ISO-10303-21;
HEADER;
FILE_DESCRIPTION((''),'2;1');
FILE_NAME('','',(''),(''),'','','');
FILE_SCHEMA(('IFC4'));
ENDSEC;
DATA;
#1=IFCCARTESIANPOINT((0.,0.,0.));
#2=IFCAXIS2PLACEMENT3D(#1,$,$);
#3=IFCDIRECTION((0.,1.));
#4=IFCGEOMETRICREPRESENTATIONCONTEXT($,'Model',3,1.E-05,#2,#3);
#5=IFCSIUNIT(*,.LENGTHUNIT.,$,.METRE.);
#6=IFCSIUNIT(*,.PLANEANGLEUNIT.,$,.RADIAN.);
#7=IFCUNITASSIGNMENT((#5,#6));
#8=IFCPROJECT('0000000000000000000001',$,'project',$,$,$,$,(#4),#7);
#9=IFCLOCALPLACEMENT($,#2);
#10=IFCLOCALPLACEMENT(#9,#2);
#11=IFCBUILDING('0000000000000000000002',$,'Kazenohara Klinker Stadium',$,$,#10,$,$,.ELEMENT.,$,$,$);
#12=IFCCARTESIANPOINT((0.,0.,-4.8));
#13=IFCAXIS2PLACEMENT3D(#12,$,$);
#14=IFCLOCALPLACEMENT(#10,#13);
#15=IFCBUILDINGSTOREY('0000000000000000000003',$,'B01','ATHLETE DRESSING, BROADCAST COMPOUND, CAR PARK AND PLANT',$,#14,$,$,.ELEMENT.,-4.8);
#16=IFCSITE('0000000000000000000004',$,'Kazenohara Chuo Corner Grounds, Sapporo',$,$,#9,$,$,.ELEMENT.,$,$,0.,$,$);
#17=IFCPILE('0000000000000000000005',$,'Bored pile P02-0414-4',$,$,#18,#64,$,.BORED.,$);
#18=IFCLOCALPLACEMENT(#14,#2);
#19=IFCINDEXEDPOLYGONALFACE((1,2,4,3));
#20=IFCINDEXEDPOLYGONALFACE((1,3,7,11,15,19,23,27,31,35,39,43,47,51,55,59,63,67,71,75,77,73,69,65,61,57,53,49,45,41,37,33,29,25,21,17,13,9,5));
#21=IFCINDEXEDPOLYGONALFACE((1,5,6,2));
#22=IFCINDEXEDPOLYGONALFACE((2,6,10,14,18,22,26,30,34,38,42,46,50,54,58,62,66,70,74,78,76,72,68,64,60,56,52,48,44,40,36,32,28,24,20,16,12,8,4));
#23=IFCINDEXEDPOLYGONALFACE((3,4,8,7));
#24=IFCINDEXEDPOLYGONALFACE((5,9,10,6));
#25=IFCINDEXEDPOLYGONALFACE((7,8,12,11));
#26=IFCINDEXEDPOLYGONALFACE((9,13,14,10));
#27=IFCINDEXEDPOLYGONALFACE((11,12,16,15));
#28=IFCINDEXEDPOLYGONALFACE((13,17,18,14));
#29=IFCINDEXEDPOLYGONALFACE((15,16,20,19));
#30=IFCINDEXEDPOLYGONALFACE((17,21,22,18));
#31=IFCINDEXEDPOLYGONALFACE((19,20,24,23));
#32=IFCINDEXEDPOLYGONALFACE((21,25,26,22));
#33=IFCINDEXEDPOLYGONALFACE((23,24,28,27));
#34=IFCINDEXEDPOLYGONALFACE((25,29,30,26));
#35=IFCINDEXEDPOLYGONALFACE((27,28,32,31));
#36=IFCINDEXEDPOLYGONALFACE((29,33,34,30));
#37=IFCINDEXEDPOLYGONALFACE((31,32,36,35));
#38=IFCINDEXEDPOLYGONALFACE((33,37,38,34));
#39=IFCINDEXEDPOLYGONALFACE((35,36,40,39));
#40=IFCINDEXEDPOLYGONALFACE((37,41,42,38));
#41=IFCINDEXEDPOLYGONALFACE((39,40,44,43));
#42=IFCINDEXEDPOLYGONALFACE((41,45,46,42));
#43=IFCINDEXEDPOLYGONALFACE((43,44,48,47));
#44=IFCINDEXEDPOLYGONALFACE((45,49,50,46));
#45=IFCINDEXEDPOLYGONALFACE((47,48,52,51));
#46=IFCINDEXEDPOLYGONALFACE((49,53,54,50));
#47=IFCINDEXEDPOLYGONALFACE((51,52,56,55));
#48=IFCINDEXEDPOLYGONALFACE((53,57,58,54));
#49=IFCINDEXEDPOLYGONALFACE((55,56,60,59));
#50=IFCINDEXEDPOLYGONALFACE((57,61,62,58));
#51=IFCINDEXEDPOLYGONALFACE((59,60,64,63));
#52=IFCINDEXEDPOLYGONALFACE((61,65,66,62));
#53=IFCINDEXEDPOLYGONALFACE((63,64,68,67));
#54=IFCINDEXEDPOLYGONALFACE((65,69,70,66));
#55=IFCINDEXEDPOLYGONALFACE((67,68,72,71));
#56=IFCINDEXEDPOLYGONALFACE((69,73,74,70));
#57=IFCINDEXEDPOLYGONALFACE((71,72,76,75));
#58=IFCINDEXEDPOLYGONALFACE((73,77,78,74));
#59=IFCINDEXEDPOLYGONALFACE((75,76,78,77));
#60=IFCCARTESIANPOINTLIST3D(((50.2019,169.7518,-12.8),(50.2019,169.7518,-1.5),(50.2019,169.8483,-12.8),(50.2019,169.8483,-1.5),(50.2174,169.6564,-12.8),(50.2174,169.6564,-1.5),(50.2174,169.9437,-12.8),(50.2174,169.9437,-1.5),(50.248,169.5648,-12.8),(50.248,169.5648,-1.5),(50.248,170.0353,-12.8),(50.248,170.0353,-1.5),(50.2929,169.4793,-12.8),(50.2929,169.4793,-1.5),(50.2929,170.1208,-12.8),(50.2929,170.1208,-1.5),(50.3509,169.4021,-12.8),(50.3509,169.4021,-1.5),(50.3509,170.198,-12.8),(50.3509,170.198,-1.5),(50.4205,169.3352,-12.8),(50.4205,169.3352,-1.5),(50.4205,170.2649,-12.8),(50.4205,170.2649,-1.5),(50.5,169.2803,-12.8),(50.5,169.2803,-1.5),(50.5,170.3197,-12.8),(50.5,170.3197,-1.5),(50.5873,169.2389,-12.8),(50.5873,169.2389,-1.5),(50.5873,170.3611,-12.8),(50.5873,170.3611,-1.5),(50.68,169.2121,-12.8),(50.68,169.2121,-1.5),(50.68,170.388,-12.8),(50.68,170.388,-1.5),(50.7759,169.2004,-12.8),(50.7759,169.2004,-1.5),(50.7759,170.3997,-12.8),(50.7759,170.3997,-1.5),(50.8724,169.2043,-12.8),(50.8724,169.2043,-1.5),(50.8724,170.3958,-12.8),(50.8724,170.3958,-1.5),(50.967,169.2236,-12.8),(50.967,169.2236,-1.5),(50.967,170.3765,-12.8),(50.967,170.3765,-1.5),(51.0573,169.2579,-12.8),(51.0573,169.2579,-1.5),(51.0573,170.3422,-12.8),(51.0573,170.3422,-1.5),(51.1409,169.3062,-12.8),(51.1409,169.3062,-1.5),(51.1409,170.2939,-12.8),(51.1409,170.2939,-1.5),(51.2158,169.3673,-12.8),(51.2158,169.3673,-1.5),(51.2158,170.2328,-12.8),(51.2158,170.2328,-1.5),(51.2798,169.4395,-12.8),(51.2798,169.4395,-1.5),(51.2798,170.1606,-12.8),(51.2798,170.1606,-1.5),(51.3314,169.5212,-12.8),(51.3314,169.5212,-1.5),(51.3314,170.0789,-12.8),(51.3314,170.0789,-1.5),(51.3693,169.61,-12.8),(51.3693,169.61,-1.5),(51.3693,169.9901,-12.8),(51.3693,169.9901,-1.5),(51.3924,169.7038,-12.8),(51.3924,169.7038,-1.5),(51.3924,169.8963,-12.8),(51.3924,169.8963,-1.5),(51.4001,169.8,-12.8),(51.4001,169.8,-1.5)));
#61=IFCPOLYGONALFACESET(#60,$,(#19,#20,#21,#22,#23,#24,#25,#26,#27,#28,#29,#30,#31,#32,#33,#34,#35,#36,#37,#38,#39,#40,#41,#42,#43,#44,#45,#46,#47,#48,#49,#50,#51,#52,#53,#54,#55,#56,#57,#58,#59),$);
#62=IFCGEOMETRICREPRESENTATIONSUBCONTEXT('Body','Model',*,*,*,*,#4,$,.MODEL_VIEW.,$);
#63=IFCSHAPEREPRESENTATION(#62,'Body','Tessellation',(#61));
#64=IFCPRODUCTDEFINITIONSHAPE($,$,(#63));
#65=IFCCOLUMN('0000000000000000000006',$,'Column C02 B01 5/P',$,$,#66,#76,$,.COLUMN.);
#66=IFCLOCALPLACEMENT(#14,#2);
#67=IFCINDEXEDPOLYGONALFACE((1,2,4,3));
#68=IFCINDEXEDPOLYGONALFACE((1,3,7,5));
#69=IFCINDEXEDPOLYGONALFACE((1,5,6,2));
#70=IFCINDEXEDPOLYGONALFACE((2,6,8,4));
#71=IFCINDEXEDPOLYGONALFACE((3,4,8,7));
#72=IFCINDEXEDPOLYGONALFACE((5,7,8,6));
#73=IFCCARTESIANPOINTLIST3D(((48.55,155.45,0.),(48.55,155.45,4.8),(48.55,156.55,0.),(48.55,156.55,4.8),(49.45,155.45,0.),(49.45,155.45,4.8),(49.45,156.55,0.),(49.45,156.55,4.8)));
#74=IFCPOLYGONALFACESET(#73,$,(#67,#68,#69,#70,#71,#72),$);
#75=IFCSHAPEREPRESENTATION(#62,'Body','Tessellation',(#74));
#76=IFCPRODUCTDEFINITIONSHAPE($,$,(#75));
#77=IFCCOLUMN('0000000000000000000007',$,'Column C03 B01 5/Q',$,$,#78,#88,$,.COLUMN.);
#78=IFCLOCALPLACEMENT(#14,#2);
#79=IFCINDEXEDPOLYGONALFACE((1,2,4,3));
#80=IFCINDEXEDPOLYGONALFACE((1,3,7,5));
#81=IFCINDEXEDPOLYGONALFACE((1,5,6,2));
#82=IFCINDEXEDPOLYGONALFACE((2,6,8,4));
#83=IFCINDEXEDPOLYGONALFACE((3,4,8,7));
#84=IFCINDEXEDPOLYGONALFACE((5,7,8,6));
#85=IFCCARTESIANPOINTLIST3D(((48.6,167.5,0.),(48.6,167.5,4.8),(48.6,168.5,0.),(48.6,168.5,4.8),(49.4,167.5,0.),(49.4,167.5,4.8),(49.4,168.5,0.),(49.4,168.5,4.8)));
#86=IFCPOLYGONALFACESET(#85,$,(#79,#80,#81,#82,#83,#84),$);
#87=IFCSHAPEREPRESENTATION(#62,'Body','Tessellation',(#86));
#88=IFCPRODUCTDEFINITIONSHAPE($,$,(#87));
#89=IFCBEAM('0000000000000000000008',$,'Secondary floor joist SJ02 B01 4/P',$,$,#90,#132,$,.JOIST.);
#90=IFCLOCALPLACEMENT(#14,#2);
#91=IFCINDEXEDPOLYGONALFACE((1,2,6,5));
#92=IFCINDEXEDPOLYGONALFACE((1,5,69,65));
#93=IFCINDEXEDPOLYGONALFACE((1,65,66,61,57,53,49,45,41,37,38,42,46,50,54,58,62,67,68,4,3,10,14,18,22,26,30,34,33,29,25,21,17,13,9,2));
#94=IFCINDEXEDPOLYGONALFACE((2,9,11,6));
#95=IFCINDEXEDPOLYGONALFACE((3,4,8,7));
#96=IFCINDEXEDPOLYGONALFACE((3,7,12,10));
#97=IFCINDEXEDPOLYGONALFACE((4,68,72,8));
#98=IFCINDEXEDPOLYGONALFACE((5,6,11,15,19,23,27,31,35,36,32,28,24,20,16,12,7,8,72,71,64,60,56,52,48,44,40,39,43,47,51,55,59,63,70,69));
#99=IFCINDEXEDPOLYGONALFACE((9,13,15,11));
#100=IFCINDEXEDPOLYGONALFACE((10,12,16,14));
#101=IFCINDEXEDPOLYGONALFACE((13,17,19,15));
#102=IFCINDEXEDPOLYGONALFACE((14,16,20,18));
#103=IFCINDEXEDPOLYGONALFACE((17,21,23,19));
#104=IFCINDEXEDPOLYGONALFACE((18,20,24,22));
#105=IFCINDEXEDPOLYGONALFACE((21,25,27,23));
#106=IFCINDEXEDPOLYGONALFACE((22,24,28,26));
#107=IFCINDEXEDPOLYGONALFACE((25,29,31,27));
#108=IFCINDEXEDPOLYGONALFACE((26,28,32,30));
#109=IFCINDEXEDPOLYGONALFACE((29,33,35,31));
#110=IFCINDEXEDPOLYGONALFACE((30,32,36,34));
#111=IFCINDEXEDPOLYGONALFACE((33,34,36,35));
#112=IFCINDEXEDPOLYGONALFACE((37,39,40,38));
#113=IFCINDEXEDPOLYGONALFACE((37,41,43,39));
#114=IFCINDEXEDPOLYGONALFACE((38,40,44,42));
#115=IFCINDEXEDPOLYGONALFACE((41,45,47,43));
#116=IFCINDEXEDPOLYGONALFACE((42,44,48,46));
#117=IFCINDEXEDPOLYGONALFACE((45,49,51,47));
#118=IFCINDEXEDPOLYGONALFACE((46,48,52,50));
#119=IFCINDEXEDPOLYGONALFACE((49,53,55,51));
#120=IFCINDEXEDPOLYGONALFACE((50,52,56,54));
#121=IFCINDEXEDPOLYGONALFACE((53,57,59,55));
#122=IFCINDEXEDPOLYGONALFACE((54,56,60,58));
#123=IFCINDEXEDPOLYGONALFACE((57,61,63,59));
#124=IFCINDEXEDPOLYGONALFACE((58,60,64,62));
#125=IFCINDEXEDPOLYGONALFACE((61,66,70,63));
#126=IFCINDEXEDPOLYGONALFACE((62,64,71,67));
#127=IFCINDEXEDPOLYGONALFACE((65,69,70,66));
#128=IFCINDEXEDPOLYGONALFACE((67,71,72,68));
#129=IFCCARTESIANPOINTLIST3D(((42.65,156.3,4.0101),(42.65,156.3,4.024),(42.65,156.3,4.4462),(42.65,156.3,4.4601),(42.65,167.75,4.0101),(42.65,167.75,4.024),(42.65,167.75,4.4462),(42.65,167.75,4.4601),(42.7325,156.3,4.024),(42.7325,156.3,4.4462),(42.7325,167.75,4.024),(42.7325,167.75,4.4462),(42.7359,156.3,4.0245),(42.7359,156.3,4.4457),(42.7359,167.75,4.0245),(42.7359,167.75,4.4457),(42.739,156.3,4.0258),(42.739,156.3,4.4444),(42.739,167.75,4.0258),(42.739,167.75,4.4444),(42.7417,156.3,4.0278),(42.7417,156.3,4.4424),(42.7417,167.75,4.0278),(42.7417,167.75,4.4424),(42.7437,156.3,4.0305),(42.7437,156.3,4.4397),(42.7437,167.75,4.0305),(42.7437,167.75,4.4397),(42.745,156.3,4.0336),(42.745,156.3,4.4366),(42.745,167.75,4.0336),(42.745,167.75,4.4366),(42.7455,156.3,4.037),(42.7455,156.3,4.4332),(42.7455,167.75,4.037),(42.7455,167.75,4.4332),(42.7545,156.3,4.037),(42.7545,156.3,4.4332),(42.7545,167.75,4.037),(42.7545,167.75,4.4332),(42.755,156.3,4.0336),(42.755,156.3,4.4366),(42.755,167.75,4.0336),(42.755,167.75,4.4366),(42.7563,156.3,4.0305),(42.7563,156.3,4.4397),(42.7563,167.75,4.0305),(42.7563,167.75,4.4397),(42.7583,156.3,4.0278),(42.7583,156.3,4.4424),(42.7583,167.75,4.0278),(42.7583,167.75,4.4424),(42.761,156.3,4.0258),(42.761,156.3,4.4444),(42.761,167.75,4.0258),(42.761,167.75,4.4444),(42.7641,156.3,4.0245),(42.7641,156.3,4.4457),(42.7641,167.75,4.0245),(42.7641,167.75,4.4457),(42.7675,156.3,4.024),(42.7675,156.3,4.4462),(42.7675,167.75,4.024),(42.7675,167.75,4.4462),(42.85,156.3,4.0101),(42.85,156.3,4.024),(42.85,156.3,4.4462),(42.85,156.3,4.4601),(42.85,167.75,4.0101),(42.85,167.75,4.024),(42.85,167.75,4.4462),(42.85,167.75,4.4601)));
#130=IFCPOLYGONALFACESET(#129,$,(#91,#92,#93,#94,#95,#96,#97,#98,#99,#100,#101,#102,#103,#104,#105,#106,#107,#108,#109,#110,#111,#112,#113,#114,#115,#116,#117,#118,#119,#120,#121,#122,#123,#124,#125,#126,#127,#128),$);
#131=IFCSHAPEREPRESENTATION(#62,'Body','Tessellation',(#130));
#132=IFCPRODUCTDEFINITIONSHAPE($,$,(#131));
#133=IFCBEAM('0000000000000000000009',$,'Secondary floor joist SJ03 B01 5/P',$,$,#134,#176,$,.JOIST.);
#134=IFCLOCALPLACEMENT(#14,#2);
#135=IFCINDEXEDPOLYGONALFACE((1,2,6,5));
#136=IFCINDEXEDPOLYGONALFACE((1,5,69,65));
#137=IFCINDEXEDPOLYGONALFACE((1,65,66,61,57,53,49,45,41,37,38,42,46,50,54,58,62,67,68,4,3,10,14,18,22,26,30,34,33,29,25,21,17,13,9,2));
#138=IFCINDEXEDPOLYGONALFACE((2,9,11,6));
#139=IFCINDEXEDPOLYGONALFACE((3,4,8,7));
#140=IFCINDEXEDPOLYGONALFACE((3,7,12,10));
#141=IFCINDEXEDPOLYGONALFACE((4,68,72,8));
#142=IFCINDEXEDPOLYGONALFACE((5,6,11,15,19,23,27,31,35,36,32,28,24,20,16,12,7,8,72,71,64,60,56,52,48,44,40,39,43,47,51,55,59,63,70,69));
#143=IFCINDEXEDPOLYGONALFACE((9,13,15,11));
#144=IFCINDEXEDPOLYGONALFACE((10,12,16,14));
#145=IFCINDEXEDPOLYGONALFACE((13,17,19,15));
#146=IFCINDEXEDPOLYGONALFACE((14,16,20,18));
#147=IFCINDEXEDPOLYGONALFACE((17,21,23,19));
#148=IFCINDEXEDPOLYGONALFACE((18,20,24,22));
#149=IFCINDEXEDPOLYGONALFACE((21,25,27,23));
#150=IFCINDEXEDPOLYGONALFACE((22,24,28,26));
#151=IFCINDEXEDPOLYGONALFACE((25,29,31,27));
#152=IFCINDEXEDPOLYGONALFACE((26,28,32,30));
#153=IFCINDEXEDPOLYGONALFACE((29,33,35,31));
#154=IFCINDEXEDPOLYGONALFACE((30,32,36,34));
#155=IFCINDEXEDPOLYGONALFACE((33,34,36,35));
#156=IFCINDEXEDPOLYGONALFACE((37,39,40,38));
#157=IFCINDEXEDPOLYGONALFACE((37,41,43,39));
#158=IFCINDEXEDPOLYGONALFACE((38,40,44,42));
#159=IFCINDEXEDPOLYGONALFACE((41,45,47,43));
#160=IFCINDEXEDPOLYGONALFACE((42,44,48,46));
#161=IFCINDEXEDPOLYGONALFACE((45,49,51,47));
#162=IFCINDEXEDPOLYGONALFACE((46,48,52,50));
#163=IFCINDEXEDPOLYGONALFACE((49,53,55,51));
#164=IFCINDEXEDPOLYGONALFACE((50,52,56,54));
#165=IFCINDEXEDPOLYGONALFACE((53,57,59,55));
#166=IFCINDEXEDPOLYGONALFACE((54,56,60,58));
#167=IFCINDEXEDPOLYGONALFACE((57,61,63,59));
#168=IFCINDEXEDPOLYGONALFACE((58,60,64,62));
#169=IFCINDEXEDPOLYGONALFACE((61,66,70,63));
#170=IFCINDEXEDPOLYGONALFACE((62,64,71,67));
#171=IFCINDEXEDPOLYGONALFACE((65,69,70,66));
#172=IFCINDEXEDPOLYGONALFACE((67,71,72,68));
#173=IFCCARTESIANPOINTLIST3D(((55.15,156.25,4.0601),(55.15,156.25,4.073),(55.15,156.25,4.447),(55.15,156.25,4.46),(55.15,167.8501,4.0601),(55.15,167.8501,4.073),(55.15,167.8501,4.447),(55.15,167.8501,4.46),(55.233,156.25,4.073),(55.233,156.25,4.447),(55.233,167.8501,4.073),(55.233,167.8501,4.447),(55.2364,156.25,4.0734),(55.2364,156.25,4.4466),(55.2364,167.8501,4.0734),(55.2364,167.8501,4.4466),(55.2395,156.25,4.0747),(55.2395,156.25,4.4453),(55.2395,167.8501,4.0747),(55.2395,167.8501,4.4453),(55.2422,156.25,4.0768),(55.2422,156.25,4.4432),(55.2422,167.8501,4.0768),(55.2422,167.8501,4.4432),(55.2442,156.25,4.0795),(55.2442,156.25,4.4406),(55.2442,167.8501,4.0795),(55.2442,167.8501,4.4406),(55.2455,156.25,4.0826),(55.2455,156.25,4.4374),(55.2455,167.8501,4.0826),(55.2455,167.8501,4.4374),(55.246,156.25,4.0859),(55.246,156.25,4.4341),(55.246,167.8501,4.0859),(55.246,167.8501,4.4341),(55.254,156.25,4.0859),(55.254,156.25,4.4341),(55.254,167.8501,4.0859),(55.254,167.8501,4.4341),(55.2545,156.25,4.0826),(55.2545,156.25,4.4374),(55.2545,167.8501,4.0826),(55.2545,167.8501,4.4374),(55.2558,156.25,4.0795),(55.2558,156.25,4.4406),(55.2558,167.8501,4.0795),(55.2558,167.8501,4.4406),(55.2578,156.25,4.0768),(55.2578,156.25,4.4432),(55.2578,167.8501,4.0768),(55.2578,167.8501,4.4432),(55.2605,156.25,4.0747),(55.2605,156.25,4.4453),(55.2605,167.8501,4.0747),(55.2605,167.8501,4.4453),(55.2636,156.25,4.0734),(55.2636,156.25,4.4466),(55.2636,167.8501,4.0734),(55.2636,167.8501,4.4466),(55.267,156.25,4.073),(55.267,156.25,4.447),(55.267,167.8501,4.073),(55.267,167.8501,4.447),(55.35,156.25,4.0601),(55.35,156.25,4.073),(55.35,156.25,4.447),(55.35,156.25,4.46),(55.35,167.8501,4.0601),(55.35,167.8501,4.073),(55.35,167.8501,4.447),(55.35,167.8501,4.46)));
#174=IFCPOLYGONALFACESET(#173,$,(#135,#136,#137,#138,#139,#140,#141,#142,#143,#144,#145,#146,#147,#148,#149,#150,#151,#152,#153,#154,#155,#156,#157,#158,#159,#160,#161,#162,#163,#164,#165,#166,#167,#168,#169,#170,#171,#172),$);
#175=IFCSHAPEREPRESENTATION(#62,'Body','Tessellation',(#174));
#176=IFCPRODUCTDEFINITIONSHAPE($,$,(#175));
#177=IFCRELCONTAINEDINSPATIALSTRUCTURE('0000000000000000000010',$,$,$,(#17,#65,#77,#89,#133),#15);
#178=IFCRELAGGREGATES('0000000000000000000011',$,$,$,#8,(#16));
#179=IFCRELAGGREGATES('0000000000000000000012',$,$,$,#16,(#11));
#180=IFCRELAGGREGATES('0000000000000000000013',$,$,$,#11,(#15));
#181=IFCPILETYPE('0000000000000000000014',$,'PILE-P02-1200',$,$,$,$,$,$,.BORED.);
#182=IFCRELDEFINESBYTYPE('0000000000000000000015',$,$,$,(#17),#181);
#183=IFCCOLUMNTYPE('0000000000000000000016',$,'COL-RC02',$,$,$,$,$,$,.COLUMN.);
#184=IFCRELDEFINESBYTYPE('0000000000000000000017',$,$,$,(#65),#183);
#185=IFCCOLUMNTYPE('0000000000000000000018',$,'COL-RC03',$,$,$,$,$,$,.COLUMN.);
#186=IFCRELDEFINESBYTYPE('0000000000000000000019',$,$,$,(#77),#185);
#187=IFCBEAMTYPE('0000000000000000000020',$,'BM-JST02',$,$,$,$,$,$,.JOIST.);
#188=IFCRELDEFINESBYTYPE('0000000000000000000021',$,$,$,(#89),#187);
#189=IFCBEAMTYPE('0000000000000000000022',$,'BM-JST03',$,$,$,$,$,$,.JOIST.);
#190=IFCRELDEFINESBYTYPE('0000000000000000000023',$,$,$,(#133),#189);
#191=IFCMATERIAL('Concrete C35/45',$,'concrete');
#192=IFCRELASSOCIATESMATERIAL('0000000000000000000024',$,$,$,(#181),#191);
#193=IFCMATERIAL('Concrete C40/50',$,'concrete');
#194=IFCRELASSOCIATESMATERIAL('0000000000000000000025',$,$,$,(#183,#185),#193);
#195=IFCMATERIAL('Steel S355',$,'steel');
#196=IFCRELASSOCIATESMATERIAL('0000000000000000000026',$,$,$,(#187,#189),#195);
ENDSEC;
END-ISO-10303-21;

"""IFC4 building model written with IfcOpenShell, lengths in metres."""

from ifc_helpers import new_model, si_unit, direction, frame, origin, origin_2d, place, context, subcontext, project, spatial, rectangle, circle, i_section, extrude, material, material_profile, profile_set, type_object, element, save


model = new_model("IFC4")

# Units and contexts
model_context = context("Model", 3, precision=1e-05, world=origin(), true_north=direction((0.0, 1.0)))
body_context = subcontext(model_context, "Body", "Model", "MODEL_VIEW")
ifc_project = project(units=[si_unit("LENGTHUNIT", "METRE"), si_unit("PLANEANGLEUNIT", "RADIAN")], contexts=[model_context])

# Site, building, storey
site_placement = place(None, origin())
site = spatial("IfcSite", under=ifc_project, at=site_placement, Name="Kazenohara Chuo Corner Grounds, Sapporo", CompositionType="ELEMENT", RefElevation=0.0)
building_placement = place(site_placement, origin())
building = spatial("IfcBuilding", under=site, at=building_placement, Name="Kazenohara Klinker Stadium", CompositionType="ELEMENT")
storey_placement = place(building_placement, frame((0.0, 0.0, -4.8)))
storey = spatial("IfcBuildingStorey", under=building, at=storey_placement, Name="B01", Description="ATHLETE DRESSING, BROADCAST COMPOUND, CAR PARK AND PLANT", CompositionType="ELEMENT", Elevation=-4.8)

# Shared definitions
ifc_material_1 = material(Name="Concrete C35/45", Category="concrete")

# Pile
ifc_material_profile_1 = material_profile(ifc_material_1, circle(Radius=0.6001, at=origin_2d()), Name="BORED-PILE-1200")
ifc_profile_set_1 = profile_set([ifc_material_profile_1], Name="Concrete C35/45")
pile_type_1 = type_object("IfcPileType", Name="PILE-P02-1200", PredefinedType="BORED", material=ifc_profile_set_1)
for number, where, z_axis, x_axis, name in (
    (1, (50.8, 169.8, -1.5), (0.0, 0.0, -1.0), (1.0, 0.0, 0.0), "Bored pile P02-0414-4"),
):
    element("IfcPile", number, at=place(storey_placement, frame(where, z_axis=z_axis, x_axis=x_axis)), inside=storey, type_object=pile_type_1, Name=name, PredefinedType="BORED", context=body_context, shape_type="SweptSolid", body=[
        extrude(circle(Radius=0.6001, at=origin_2d()), origin(), (0.0, 0.0, 1.0), 11.3),
    ])

# Columns
ifc_material_2 = material(Name="Concrete C40/50", Category="concrete")
ifc_material_profile_2 = material_profile(ifc_material_2, rectangle(XDim=0.8999, YDim=1.1001, at=origin_2d()), Name="RC-COL-1100x900")
ifc_profile_set_2 = profile_set([ifc_material_profile_2], Name="Concrete C40/50")
column_type_1 = type_object("IfcColumnType", Name="COL-RC02", PredefinedType="COLUMN", material=ifc_profile_set_2)
column_1_placement = place(storey_placement, frame((49.0, 156.0, 0.0), z_axis=(0.0, 0.0, 1.0), x_axis=(1.0, 0.0, 0.0)))
element("IfcColumn", 2, at=column_1_placement, inside=storey, type_object=column_type_1, Name="Column C02 B01 5/P", PredefinedType="COLUMN", context=body_context, shape_type="SweptSolid", body=[
    extrude(rectangle(XDim=0.8999, YDim=1.1001, at=origin_2d()), origin(), (0.0, 0.0, 1.0), 4.8),
])
ifc_material_profile_3 = material_profile(ifc_material_2, rectangle(XDim=0.8, YDim=1.0, at=origin_2d()), Name="RC-COL-1000x800")
ifc_profile_set_3 = profile_set([ifc_material_profile_3], Name="Concrete C40/50")
column_type_2 = type_object("IfcColumnType", Name="COL-RC03", PredefinedType="COLUMN", material=ifc_profile_set_3)
column_2_placement = place(storey_placement, frame((49.0, 168.0, 0.0), z_axis=(0.0, 0.0, 1.0), x_axis=(1.0, 0.0, 0.0)))
element("IfcColumn", 3, at=column_2_placement, inside=storey, type_object=column_type_2, Name="Column C03 B01 5/Q", PredefinedType="COLUMN", context=body_context, shape_type="SweptSolid", body=[
    extrude(rectangle(XDim=0.8, YDim=1.0, at=origin_2d()), origin(), (0.0, 0.0, 1.0), 4.8),
])

# Beams
ifc_material_3 = material(Name="Steel S355", Category="steel")
ifc_material_profile_4 = material_profile(ifc_material_3, i_section(OverallWidth=0.2, OverallDepth=0.45, WebThickness=0.009, FlangeThickness=0.0139, FilletRadius=0.0129, at=origin_2d()), Name="H-450x200x9x14")
ifc_profile_set_4 = profile_set([ifc_material_profile_4], Name="Steel S355")
beam_type_1 = type_object("IfcBeamType", Name="BM-JST02", PredefinedType="JOIST", material=ifc_profile_set_4)
beam_1_placement = place(storey_placement, frame((42.75, 156.3, 4.2351), z_axis=(0.0, 1.0, 0.0), x_axis=(-1.0, 0.0, 0.0)))
element("IfcBeam", 4, at=beam_1_placement, inside=storey, type_object=beam_type_1, Name="Secondary floor joist SJ02 B01 4/P", PredefinedType="JOIST", context=body_context, shape_type="SweptSolid", body=[
    extrude(i_section(OverallWidth=0.2, OverallDepth=0.45, WebThickness=0.009, FlangeThickness=0.0139, FilletRadius=0.0129, at=origin_2d()), origin(), (0.0, 0.0, 1.0), 11.45),
])
ifc_material_profile_5 = material_profile(ifc_material_3, i_section(OverallWidth=0.2, OverallDepth=0.3999, WebThickness=0.0081, FlangeThickness=0.0129, FilletRadius=0.0129, at=origin_2d()), Name="H-400x200x8x13")
ifc_profile_set_5 = profile_set([ifc_material_profile_5], Name="Steel S355")
beam_type_2 = type_object("IfcBeamType", Name="BM-JST03", PredefinedType="JOIST", material=ifc_profile_set_5)
beam_2_placement = place(storey_placement, frame((55.25, 156.25, 4.26), z_axis=(0.0, 1.0, 0.0), x_axis=(-1.0, 0.0, 0.0)))
element("IfcBeam", 5, at=beam_2_placement, inside=storey, type_object=beam_type_2, Name="Secondary floor joist SJ03 B01 5/P", PredefinedType="JOIST", context=body_context, shape_type="SweptSolid", body=[
    extrude(i_section(OverallWidth=0.2, OverallDepth=0.3999, WebThickness=0.0081, FlangeThickness=0.0129, FilletRadius=0.0129, at=origin_2d()), origin(), (0.0, 0.0, 1.0), 11.6001),
])

save(model, "model.ifc")
